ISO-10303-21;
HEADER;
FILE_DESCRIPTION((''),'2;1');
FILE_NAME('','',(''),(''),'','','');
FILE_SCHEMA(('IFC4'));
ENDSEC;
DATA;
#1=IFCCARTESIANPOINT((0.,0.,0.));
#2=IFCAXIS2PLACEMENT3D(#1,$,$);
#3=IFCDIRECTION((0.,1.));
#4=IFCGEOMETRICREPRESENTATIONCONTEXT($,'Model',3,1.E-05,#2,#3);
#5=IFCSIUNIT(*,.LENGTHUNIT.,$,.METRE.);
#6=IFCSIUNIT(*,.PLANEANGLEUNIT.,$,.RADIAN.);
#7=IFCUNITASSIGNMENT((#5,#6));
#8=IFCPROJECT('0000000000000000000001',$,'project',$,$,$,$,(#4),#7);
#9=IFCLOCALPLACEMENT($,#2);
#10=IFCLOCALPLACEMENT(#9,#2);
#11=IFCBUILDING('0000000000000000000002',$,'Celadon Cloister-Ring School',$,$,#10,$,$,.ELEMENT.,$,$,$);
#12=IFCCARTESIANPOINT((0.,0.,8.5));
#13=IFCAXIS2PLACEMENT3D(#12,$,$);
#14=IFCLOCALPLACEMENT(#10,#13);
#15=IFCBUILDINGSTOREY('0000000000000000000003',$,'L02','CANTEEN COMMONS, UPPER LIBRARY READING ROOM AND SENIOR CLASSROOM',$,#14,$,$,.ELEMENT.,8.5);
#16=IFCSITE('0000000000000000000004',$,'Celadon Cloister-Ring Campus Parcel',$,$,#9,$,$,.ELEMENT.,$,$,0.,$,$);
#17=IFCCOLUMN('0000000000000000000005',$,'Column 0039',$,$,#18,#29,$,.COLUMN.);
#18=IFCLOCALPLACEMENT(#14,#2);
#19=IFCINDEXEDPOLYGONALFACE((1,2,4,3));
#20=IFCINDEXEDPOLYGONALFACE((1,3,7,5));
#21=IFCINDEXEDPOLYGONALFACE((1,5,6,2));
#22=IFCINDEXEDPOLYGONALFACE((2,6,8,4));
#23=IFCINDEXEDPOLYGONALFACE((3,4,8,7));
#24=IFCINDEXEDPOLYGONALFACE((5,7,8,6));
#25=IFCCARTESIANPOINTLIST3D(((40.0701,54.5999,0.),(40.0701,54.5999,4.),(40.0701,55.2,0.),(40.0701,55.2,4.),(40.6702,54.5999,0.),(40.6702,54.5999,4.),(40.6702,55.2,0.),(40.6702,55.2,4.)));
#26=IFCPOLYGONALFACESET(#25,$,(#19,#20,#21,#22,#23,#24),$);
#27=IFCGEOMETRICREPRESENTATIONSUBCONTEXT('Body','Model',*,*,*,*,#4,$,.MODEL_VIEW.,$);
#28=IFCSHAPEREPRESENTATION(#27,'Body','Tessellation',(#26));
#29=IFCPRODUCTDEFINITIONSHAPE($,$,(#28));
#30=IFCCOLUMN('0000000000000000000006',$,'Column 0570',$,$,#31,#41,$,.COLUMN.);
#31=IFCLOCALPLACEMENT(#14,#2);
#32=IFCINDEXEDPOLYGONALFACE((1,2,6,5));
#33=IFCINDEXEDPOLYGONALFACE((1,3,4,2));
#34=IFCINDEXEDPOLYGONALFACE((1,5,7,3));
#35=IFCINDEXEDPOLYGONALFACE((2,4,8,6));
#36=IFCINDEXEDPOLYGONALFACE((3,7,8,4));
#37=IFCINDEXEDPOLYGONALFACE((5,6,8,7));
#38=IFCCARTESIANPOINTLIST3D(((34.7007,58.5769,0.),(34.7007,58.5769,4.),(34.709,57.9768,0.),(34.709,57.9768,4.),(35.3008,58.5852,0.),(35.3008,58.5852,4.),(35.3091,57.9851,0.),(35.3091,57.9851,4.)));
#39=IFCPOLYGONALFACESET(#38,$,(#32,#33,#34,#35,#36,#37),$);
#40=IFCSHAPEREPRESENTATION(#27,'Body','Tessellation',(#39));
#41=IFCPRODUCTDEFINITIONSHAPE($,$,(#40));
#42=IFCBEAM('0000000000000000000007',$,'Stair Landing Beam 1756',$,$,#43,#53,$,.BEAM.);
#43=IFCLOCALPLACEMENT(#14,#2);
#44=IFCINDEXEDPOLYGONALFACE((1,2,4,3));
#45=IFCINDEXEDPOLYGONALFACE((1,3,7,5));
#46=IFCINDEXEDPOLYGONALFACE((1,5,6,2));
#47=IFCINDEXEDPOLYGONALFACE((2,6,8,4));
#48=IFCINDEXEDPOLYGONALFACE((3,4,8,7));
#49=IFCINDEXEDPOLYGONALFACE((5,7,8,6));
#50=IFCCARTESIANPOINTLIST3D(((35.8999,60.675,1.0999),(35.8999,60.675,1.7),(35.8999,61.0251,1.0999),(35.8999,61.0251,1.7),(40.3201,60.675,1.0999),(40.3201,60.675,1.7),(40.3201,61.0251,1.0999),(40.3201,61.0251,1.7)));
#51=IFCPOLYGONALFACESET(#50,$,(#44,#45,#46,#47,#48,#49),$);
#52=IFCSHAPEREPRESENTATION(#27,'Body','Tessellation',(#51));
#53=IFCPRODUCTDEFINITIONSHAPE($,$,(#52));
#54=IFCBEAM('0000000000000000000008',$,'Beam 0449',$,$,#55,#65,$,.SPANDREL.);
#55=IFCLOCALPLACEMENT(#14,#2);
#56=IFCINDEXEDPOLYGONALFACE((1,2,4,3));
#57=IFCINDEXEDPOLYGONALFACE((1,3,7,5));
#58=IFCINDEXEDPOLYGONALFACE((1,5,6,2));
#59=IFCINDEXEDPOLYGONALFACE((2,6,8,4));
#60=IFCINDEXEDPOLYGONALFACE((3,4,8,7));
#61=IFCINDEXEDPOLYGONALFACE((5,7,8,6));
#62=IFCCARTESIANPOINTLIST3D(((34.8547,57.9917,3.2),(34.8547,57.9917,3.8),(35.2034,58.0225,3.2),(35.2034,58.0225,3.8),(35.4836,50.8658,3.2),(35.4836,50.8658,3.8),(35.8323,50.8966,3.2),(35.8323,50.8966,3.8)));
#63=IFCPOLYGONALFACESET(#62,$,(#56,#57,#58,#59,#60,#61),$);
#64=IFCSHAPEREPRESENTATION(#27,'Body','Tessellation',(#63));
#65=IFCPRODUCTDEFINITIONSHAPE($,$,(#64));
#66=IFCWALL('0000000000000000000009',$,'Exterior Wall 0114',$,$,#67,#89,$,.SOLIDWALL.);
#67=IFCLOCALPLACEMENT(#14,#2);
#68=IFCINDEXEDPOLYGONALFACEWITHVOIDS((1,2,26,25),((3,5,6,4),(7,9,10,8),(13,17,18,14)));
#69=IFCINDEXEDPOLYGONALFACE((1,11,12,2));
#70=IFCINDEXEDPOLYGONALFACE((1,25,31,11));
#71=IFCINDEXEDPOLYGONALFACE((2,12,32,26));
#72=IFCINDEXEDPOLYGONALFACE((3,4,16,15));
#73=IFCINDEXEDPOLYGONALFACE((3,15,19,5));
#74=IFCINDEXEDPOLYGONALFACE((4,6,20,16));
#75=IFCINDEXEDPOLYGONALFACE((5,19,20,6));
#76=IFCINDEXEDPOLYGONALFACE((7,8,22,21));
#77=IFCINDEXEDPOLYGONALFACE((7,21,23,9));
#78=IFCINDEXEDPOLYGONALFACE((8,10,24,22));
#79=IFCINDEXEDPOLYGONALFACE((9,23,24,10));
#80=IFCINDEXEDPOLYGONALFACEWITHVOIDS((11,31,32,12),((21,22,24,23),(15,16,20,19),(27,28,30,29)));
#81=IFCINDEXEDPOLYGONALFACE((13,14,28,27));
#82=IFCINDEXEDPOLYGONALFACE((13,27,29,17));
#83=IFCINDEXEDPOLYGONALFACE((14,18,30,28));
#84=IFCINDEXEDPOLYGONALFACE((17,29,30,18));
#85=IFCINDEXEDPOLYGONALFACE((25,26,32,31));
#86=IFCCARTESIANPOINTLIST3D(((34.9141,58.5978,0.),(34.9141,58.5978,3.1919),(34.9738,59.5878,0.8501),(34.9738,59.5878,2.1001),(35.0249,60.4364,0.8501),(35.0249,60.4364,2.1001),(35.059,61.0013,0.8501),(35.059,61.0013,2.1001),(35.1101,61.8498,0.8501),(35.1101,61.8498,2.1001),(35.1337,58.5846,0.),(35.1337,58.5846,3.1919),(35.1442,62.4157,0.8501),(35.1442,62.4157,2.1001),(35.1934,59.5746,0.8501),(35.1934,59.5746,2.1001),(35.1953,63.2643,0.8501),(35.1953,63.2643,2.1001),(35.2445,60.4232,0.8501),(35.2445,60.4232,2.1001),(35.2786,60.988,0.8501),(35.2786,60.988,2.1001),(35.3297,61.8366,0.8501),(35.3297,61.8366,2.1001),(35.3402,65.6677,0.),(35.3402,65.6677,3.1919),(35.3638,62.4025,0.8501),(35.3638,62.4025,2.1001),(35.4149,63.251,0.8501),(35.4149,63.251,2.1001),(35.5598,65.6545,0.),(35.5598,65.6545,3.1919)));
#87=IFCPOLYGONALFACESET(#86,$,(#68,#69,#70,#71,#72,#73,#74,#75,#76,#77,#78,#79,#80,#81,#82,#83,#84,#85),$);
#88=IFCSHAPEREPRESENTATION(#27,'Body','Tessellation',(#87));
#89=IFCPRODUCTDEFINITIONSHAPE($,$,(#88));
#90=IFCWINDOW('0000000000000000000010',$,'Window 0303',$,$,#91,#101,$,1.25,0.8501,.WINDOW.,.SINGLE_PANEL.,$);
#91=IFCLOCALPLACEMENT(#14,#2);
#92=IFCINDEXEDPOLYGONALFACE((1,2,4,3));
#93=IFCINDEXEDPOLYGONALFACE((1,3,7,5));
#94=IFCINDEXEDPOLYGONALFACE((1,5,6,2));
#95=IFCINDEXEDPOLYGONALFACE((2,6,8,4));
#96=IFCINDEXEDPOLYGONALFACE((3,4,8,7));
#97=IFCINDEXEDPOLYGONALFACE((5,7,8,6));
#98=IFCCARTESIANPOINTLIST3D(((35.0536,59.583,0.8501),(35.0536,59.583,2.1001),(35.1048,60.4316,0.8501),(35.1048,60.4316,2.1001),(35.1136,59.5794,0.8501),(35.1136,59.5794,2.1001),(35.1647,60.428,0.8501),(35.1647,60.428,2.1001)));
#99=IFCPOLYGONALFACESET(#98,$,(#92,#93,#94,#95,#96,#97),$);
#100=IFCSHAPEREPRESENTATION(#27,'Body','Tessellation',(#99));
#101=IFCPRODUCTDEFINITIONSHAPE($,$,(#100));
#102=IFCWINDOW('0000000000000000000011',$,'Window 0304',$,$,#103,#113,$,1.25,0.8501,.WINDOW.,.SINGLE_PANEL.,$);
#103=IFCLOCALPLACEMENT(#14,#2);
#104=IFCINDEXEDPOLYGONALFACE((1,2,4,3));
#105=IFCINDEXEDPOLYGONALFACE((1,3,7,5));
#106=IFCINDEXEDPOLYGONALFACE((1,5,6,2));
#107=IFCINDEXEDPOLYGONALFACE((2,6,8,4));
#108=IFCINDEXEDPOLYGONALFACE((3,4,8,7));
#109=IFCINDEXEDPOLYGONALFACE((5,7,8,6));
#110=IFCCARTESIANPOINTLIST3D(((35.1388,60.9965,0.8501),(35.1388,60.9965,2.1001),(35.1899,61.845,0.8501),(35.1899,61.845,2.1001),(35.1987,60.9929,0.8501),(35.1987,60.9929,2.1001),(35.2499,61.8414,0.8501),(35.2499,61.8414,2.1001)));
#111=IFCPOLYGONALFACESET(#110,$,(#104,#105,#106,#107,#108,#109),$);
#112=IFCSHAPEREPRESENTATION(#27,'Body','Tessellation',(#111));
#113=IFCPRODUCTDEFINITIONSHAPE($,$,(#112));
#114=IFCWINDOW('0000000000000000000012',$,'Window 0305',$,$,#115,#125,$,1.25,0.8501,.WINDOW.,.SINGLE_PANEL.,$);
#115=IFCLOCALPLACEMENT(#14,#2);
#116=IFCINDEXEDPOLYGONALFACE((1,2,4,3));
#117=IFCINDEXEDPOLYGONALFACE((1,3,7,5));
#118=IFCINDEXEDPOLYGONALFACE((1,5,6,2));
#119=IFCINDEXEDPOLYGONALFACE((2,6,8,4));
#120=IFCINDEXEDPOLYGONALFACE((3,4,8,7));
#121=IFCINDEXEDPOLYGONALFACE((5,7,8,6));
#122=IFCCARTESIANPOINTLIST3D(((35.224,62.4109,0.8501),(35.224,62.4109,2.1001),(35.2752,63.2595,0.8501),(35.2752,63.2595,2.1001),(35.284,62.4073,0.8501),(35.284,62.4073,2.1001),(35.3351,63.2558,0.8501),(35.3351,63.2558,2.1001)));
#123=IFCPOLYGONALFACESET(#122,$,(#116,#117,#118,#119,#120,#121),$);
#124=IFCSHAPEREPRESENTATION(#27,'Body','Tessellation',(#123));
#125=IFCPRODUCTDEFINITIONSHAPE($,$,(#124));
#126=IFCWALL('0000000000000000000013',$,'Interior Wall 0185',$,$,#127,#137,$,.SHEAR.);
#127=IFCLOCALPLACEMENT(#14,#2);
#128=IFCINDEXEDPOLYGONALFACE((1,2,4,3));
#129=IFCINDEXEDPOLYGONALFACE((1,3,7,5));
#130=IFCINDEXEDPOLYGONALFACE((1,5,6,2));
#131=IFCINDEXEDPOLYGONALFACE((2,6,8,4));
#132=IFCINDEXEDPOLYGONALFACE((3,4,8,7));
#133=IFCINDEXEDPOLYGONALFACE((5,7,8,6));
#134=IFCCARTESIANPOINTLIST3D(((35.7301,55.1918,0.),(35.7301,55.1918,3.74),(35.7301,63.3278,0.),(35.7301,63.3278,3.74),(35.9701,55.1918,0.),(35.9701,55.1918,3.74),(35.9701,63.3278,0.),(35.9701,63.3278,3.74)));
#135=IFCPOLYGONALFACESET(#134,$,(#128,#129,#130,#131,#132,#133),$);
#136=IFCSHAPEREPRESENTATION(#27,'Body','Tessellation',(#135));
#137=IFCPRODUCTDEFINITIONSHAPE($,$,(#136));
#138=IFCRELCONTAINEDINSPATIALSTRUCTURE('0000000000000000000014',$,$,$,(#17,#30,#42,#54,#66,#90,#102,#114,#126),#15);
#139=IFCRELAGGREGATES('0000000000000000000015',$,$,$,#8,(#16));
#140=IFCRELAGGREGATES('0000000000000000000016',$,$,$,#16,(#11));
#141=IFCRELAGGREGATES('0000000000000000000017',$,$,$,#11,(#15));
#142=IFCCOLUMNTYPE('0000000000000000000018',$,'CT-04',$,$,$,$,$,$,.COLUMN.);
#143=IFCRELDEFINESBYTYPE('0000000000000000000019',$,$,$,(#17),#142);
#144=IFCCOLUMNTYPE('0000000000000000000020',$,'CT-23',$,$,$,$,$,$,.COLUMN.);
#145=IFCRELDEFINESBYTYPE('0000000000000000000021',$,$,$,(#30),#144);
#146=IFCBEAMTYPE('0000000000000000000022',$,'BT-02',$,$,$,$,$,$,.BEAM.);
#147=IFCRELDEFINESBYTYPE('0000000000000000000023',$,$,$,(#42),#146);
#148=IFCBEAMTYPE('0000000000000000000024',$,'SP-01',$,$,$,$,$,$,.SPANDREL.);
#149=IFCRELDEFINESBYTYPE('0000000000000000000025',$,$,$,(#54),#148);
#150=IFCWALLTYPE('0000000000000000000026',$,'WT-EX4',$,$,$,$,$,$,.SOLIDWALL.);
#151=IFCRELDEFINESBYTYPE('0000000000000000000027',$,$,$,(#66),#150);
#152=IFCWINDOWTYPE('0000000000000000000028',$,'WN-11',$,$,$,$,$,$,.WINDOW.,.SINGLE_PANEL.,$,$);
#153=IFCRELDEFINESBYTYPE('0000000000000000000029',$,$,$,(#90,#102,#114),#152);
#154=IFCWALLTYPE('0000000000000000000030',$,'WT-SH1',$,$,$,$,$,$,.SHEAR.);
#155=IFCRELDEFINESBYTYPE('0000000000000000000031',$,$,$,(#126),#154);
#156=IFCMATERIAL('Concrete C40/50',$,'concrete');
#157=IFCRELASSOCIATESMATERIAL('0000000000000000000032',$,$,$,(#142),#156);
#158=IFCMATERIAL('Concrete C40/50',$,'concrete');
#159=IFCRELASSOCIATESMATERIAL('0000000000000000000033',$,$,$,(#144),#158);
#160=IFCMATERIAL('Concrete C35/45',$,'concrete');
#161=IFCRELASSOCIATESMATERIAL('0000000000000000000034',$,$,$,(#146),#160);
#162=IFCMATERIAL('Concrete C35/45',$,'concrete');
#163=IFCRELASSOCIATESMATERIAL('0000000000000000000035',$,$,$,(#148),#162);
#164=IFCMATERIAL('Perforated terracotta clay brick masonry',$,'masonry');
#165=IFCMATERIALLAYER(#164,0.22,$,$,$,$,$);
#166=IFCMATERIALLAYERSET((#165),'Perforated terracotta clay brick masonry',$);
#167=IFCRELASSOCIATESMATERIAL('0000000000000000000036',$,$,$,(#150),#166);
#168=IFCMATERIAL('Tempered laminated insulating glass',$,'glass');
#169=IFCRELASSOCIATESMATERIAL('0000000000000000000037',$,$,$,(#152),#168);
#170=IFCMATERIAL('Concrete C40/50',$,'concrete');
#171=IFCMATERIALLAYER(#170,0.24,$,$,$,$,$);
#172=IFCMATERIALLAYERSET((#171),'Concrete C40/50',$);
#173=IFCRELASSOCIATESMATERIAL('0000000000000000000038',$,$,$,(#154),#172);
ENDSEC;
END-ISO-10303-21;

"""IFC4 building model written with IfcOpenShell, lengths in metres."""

from ifc_helpers import new_model, si_unit, direction, frame, frame_2d, origin, origin_2d, place, context, subcontext, project, spatial, rectangle, extrude, material, layer, layer_set, material_profile, profile_set, type_object, element, fill, save


model = new_model("IFC4")

# Units and contexts
model_context = context("Model", 3, precision=1e-05, world=origin(), true_north=direction((0.0, 1.0)))
body_context = subcontext(model_context, "Body", "Model", "MODEL_VIEW")
ifc_project = project(units=[si_unit("LENGTHUNIT", "METRE"), si_unit("PLANEANGLEUNIT", "RADIAN")], contexts=[model_context])

# Site, building, storey
site_placement = place(None, origin())
site = spatial("IfcSite", under=ifc_project, at=site_placement, Name="Celadon Cloister-Ring Campus Parcel", CompositionType="ELEMENT", RefElevation=0.0)
building_placement = place(site_placement, origin())
building = spatial("IfcBuilding", under=site, at=building_placement, Name="Celadon Cloister-Ring School", CompositionType="ELEMENT")
storey_placement = place(building_placement, frame((0.0, 0.0, 8.5)))
storey = spatial("IfcBuildingStorey", under=building, at=storey_placement, Name="L02", Description="CANTEEN COMMONS, UPPER LIBRARY READING ROOM AND SENIOR CLASSROOM", CompositionType="ELEMENT", Elevation=8.5)

# Columns
ifc_material_1 = material(Name="Concrete C40/50", Category="concrete")
ifc_material_profile_1 = material_profile(ifc_material_1, rectangle(XDim=0.6001, YDim=0.6001, at=origin_2d()), Name="RC600X600")
ifc_profile_set_1 = profile_set([ifc_material_profile_1], Name="Concrete C40/50")
column_type_1 = type_object("IfcColumnType", Name="CT-04", PredefinedType="COLUMN", material=ifc_profile_set_1)
column_1_placement = place(storey_placement, frame((40.3701, 54.8999, 0.0), z_axis=(0.0, 0.0, 1.0), x_axis=(1.0, 0.0, 0.0)))
element("IfcColumn", 1, at=column_1_placement, inside=storey, type_object=column_type_1, Name="Column 0039", PredefinedType="COLUMN", context=body_context, shape_type="SweptSolid", body=[
    extrude(rectangle(XDim=0.6001, YDim=0.6001, at=origin_2d()), origin(), (0.0, 0.0, 1.0), 4.0),
])
ifc_material_2 = material(Name="Concrete C40/50", Category="concrete")
ifc_material_profile_2 = material_profile(ifc_material_2, rectangle(XDim=0.6001, YDim=0.6001, at=origin_2d()), Name="RC600X600")
ifc_profile_set_2 = profile_set([ifc_material_profile_2], Name="Concrete C40/50")
column_type_2 = type_object("IfcColumnType", Name="CT-23", PredefinedType="COLUMN", material=ifc_profile_set_2)
column_2_placement = place(storey_placement, frame((35.0049, 58.281, 0.0), z_axis=(0.0, 0.0, 1.0), x_axis=(-0.999904, -0.013823, 0.0)))
element("IfcColumn", 2, at=column_2_placement, inside=storey, type_object=column_type_2, Name="Column 0570", PredefinedType="COLUMN", context=body_context, shape_type="SweptSolid", body=[
    extrude(rectangle(XDim=0.6001, YDim=0.6001, at=origin_2d()), origin(), (0.0, 0.0, 1.0), 4.0),
])

# Beams
ifc_material_3 = material(Name="Concrete C35/45", Category="concrete")
ifc_material_profile_3 = material_profile(ifc_material_3, rectangle(XDim=0.3501, YDim=0.6001, at=origin_2d()), Name="RC350X600")
ifc_profile_set_3 = profile_set([ifc_material_profile_3], Name="Concrete C35/45")
beam_type_1 = type_object("IfcBeamType", Name="BT-02", PredefinedType="BEAM", material=ifc_profile_set_3)
beam_1_placement = place(storey_placement, frame((35.8999, 60.8501, 1.3999), z_axis=(1.0, 0.0, 0.0), x_axis=(0.0, 1.0, 0.0)))
element("IfcBeam", 3, at=beam_1_placement, inside=storey, type_object=beam_type_1, Name="Stair Landing Beam 1756", PredefinedType="BEAM", context=body_context, shape_type="SweptSolid", body=[
    extrude(rectangle(XDim=0.3501, YDim=0.6001, at=origin_2d()), origin(), (0.0, 0.0, 1.0), 4.4202),
])
ifc_material_4 = material(Name="Concrete C35/45", Category="concrete")
ifc_material_profile_4 = material_profile(ifc_material_4, rectangle(XDim=0.3501, YDim=0.6001, at=origin_2d()), Name="RC350X600")
ifc_profile_set_4 = profile_set([ifc_material_profile_4], Name="Concrete C35/45")
beam_type_2 = type_object("IfcBeamType", Name="SP-01", PredefinedType="SPANDREL", material=ifc_profile_set_4)
beam_2_placement = place(storey_placement, frame((35.0291, 58.0071, 3.5), z_axis=(0.087914, -0.996128, 0.0), x_axis=(0.996128, 0.087914, 0.0)))
element("IfcBeam", 4, at=beam_2_placement, inside=storey, type_object=beam_type_2, Name="Beam 0449", PredefinedType="SPANDREL", context=body_context, shape_type="SweptSolid", body=[
    extrude(rectangle(XDim=0.3501, YDim=0.6001, at=origin_2d()), origin(), (0.0, 0.0, 1.0), 7.1536),
])

# Wall, openings, windows
ifc_material_5 = material(Name="Perforated terracotta clay brick masonry", Category="masonry")
ifc_layer_1 = layer(ifc_material_5, 0.22)
ifc_layer_set_1 = layer_set([ifc_layer_1], Name="Perforated terracotta clay brick masonry")
wall_type_1 = type_object("IfcWallType", Name="WT-EX4", PredefinedType="SOLIDWALL", material=ifc_layer_set_1)
wall_1_placement = place(storey_placement, frame((35.0239, 58.5911, 0.0), z_axis=(0.0, 0.0, 1.0), x_axis=(0.060151, 0.998189, 0.0)))
wall_1 = element("IfcWall", 5, at=wall_1_placement, inside=storey, type_object=wall_type_1, Name="Exterior Wall 0114", PredefinedType="SOLIDWALL", context=body_context, shape_type="SweptSolid", body=[
    extrude(rectangle(XDim=7.0828, YDim=0.22, at=frame_2d((3.5415, 0.0))), origin(), (0.0, 0.0, 1.0), 3.1919),
])
opening_1_placement = place(wall_1_placement, frame((0.9919, 0.0, 0.8501)))
opening_1 = element("IfcOpeningElement", 6, at=opening_1_placement, cuts=wall_1, PredefinedType="OPENING", context=body_context, shape_type="SweptSolid", body=[
    extrude(rectangle(XDim=0.8501, YDim=1.25, at=frame_2d((0.425, 0.625))), frame((0.0, 0.1201, 0.0), z_axis=(0.0, -1.0, 0.0), x_axis=(1.0, 0.0, 0.0)), (0.0, 0.0, 1.0), 0.24),
])
opening_2_placement = place(wall_1_placement, frame((2.408, 0.0, 0.8501)))
opening_2 = element("IfcOpeningElement", 7, at=opening_2_placement, cuts=wall_1, PredefinedType="OPENING", context=body_context, shape_type="SweptSolid", body=[
    extrude(rectangle(XDim=0.8501, YDim=1.25, at=frame_2d((0.425, 0.625))), frame((0.0, 0.1201, 0.0), z_axis=(0.0, -1.0, 0.0), x_axis=(1.0, 0.0, 0.0)), (0.0, 0.0, 1.0), 0.24),
])
opening_3_placement = place(wall_1_placement, frame((3.825, 0.0, 0.8501)))
opening_3 = element("IfcOpeningElement", 8, at=opening_3_placement, cuts=wall_1, PredefinedType="OPENING", context=body_context, shape_type="SweptSolid", body=[
    extrude(rectangle(XDim=0.8501, YDim=1.25, at=frame_2d((0.425, 0.625))), frame((0.0, 0.1201, 0.0), z_axis=(0.0, -1.0, 0.0), x_axis=(1.0, 0.0, 0.0)), (0.0, 0.0, 1.0), 0.24),
])
ifc_material_6 = material(Name="Tempered laminated insulating glass", Category="glass")
window_type = type_object("IfcWindowType", Name="WN-11", PartitioningType="SINGLE_PANEL", PredefinedType="WINDOW", material=ifc_material_6)
window_1_placement = place(opening_1_placement, origin())
window_1 = element("IfcWindow", 9, at=window_1_placement, inside=storey, type_object=window_type, Name="Window 0303", OverallHeight=1.25, OverallWidth=0.8501, PartitioningType="SINGLE_PANEL", PredefinedType="WINDOW", context=body_context, shape_type="SweptSolid", body=[
    extrude(rectangle(XDim=0.8501, YDim=1.25, at=frame_2d((0.425, 0.625))), frame((0.0, 0.03, 0.0), z_axis=(0.0, -1.0, 0.0), x_axis=(1.0, 0.0, 0.0)), (0.0, 0.0, 1.0), 0.0601),
])
fill(opening_1, window_1)
window_2_placement = place(opening_2_placement, origin())
window_2 = element("IfcWindow", 10, at=window_2_placement, inside=storey, type_object=window_type, Name="Window 0304", OverallHeight=1.25, OverallWidth=0.8501, PartitioningType="SINGLE_PANEL", PredefinedType="WINDOW", context=body_context, shape_type="SweptSolid", body=[
    extrude(rectangle(XDim=0.8501, YDim=1.25, at=frame_2d((0.425, 0.625))), frame((0.0, 0.03, 0.0), z_axis=(0.0, -1.0, 0.0), x_axis=(1.0, 0.0, 0.0)), (0.0, 0.0, 1.0), 0.0601),
])
fill(opening_2, window_2)
window_3_placement = place(opening_3_placement, origin())
window_3 = element("IfcWindow", 11, at=window_3_placement, inside=storey, type_object=window_type, Name="Window 0305", OverallHeight=1.25, OverallWidth=0.8501, PartitioningType="SINGLE_PANEL", PredefinedType="WINDOW", context=body_context, shape_type="SweptSolid", body=[
    extrude(rectangle(XDim=0.8501, YDim=1.25, at=frame_2d((0.425, 0.625))), frame((0.0, 0.03, 0.0), z_axis=(0.0, -1.0, 0.0), x_axis=(1.0, 0.0, 0.0)), (0.0, 0.0, 1.0), 0.0601),
])
fill(opening_3, window_3)

# Wall
ifc_material_7 = material(Name="Concrete C40/50", Category="concrete")
ifc_layer_2 = layer(ifc_material_7, 0.24)
ifc_layer_set_2 = layer_set([ifc_layer_2], Name="Concrete C40/50")
wall_type_2 = type_object("IfcWallType", Name="WT-SH1", PredefinedType="SHEAR", material=ifc_layer_set_2)
wall_2_placement = place(storey_placement, frame((35.8501, 55.1919, 0.0), z_axis=(0.0, 0.0, 1.0), x_axis=(0.0, 1.0, 0.0)))
element("IfcWall", 12, at=wall_2_placement, inside=storey, type_object=wall_type_2, Name="Interior Wall 0185", PredefinedType="SHEAR", context=body_context, shape_type="SweptSolid", body=[
    extrude(rectangle(XDim=8.136, YDim=0.24, at=frame_2d((4.0679, 0.0))), origin(), (0.0, 0.0, 1.0), 3.74),
])

save(model, "model.ifc")
